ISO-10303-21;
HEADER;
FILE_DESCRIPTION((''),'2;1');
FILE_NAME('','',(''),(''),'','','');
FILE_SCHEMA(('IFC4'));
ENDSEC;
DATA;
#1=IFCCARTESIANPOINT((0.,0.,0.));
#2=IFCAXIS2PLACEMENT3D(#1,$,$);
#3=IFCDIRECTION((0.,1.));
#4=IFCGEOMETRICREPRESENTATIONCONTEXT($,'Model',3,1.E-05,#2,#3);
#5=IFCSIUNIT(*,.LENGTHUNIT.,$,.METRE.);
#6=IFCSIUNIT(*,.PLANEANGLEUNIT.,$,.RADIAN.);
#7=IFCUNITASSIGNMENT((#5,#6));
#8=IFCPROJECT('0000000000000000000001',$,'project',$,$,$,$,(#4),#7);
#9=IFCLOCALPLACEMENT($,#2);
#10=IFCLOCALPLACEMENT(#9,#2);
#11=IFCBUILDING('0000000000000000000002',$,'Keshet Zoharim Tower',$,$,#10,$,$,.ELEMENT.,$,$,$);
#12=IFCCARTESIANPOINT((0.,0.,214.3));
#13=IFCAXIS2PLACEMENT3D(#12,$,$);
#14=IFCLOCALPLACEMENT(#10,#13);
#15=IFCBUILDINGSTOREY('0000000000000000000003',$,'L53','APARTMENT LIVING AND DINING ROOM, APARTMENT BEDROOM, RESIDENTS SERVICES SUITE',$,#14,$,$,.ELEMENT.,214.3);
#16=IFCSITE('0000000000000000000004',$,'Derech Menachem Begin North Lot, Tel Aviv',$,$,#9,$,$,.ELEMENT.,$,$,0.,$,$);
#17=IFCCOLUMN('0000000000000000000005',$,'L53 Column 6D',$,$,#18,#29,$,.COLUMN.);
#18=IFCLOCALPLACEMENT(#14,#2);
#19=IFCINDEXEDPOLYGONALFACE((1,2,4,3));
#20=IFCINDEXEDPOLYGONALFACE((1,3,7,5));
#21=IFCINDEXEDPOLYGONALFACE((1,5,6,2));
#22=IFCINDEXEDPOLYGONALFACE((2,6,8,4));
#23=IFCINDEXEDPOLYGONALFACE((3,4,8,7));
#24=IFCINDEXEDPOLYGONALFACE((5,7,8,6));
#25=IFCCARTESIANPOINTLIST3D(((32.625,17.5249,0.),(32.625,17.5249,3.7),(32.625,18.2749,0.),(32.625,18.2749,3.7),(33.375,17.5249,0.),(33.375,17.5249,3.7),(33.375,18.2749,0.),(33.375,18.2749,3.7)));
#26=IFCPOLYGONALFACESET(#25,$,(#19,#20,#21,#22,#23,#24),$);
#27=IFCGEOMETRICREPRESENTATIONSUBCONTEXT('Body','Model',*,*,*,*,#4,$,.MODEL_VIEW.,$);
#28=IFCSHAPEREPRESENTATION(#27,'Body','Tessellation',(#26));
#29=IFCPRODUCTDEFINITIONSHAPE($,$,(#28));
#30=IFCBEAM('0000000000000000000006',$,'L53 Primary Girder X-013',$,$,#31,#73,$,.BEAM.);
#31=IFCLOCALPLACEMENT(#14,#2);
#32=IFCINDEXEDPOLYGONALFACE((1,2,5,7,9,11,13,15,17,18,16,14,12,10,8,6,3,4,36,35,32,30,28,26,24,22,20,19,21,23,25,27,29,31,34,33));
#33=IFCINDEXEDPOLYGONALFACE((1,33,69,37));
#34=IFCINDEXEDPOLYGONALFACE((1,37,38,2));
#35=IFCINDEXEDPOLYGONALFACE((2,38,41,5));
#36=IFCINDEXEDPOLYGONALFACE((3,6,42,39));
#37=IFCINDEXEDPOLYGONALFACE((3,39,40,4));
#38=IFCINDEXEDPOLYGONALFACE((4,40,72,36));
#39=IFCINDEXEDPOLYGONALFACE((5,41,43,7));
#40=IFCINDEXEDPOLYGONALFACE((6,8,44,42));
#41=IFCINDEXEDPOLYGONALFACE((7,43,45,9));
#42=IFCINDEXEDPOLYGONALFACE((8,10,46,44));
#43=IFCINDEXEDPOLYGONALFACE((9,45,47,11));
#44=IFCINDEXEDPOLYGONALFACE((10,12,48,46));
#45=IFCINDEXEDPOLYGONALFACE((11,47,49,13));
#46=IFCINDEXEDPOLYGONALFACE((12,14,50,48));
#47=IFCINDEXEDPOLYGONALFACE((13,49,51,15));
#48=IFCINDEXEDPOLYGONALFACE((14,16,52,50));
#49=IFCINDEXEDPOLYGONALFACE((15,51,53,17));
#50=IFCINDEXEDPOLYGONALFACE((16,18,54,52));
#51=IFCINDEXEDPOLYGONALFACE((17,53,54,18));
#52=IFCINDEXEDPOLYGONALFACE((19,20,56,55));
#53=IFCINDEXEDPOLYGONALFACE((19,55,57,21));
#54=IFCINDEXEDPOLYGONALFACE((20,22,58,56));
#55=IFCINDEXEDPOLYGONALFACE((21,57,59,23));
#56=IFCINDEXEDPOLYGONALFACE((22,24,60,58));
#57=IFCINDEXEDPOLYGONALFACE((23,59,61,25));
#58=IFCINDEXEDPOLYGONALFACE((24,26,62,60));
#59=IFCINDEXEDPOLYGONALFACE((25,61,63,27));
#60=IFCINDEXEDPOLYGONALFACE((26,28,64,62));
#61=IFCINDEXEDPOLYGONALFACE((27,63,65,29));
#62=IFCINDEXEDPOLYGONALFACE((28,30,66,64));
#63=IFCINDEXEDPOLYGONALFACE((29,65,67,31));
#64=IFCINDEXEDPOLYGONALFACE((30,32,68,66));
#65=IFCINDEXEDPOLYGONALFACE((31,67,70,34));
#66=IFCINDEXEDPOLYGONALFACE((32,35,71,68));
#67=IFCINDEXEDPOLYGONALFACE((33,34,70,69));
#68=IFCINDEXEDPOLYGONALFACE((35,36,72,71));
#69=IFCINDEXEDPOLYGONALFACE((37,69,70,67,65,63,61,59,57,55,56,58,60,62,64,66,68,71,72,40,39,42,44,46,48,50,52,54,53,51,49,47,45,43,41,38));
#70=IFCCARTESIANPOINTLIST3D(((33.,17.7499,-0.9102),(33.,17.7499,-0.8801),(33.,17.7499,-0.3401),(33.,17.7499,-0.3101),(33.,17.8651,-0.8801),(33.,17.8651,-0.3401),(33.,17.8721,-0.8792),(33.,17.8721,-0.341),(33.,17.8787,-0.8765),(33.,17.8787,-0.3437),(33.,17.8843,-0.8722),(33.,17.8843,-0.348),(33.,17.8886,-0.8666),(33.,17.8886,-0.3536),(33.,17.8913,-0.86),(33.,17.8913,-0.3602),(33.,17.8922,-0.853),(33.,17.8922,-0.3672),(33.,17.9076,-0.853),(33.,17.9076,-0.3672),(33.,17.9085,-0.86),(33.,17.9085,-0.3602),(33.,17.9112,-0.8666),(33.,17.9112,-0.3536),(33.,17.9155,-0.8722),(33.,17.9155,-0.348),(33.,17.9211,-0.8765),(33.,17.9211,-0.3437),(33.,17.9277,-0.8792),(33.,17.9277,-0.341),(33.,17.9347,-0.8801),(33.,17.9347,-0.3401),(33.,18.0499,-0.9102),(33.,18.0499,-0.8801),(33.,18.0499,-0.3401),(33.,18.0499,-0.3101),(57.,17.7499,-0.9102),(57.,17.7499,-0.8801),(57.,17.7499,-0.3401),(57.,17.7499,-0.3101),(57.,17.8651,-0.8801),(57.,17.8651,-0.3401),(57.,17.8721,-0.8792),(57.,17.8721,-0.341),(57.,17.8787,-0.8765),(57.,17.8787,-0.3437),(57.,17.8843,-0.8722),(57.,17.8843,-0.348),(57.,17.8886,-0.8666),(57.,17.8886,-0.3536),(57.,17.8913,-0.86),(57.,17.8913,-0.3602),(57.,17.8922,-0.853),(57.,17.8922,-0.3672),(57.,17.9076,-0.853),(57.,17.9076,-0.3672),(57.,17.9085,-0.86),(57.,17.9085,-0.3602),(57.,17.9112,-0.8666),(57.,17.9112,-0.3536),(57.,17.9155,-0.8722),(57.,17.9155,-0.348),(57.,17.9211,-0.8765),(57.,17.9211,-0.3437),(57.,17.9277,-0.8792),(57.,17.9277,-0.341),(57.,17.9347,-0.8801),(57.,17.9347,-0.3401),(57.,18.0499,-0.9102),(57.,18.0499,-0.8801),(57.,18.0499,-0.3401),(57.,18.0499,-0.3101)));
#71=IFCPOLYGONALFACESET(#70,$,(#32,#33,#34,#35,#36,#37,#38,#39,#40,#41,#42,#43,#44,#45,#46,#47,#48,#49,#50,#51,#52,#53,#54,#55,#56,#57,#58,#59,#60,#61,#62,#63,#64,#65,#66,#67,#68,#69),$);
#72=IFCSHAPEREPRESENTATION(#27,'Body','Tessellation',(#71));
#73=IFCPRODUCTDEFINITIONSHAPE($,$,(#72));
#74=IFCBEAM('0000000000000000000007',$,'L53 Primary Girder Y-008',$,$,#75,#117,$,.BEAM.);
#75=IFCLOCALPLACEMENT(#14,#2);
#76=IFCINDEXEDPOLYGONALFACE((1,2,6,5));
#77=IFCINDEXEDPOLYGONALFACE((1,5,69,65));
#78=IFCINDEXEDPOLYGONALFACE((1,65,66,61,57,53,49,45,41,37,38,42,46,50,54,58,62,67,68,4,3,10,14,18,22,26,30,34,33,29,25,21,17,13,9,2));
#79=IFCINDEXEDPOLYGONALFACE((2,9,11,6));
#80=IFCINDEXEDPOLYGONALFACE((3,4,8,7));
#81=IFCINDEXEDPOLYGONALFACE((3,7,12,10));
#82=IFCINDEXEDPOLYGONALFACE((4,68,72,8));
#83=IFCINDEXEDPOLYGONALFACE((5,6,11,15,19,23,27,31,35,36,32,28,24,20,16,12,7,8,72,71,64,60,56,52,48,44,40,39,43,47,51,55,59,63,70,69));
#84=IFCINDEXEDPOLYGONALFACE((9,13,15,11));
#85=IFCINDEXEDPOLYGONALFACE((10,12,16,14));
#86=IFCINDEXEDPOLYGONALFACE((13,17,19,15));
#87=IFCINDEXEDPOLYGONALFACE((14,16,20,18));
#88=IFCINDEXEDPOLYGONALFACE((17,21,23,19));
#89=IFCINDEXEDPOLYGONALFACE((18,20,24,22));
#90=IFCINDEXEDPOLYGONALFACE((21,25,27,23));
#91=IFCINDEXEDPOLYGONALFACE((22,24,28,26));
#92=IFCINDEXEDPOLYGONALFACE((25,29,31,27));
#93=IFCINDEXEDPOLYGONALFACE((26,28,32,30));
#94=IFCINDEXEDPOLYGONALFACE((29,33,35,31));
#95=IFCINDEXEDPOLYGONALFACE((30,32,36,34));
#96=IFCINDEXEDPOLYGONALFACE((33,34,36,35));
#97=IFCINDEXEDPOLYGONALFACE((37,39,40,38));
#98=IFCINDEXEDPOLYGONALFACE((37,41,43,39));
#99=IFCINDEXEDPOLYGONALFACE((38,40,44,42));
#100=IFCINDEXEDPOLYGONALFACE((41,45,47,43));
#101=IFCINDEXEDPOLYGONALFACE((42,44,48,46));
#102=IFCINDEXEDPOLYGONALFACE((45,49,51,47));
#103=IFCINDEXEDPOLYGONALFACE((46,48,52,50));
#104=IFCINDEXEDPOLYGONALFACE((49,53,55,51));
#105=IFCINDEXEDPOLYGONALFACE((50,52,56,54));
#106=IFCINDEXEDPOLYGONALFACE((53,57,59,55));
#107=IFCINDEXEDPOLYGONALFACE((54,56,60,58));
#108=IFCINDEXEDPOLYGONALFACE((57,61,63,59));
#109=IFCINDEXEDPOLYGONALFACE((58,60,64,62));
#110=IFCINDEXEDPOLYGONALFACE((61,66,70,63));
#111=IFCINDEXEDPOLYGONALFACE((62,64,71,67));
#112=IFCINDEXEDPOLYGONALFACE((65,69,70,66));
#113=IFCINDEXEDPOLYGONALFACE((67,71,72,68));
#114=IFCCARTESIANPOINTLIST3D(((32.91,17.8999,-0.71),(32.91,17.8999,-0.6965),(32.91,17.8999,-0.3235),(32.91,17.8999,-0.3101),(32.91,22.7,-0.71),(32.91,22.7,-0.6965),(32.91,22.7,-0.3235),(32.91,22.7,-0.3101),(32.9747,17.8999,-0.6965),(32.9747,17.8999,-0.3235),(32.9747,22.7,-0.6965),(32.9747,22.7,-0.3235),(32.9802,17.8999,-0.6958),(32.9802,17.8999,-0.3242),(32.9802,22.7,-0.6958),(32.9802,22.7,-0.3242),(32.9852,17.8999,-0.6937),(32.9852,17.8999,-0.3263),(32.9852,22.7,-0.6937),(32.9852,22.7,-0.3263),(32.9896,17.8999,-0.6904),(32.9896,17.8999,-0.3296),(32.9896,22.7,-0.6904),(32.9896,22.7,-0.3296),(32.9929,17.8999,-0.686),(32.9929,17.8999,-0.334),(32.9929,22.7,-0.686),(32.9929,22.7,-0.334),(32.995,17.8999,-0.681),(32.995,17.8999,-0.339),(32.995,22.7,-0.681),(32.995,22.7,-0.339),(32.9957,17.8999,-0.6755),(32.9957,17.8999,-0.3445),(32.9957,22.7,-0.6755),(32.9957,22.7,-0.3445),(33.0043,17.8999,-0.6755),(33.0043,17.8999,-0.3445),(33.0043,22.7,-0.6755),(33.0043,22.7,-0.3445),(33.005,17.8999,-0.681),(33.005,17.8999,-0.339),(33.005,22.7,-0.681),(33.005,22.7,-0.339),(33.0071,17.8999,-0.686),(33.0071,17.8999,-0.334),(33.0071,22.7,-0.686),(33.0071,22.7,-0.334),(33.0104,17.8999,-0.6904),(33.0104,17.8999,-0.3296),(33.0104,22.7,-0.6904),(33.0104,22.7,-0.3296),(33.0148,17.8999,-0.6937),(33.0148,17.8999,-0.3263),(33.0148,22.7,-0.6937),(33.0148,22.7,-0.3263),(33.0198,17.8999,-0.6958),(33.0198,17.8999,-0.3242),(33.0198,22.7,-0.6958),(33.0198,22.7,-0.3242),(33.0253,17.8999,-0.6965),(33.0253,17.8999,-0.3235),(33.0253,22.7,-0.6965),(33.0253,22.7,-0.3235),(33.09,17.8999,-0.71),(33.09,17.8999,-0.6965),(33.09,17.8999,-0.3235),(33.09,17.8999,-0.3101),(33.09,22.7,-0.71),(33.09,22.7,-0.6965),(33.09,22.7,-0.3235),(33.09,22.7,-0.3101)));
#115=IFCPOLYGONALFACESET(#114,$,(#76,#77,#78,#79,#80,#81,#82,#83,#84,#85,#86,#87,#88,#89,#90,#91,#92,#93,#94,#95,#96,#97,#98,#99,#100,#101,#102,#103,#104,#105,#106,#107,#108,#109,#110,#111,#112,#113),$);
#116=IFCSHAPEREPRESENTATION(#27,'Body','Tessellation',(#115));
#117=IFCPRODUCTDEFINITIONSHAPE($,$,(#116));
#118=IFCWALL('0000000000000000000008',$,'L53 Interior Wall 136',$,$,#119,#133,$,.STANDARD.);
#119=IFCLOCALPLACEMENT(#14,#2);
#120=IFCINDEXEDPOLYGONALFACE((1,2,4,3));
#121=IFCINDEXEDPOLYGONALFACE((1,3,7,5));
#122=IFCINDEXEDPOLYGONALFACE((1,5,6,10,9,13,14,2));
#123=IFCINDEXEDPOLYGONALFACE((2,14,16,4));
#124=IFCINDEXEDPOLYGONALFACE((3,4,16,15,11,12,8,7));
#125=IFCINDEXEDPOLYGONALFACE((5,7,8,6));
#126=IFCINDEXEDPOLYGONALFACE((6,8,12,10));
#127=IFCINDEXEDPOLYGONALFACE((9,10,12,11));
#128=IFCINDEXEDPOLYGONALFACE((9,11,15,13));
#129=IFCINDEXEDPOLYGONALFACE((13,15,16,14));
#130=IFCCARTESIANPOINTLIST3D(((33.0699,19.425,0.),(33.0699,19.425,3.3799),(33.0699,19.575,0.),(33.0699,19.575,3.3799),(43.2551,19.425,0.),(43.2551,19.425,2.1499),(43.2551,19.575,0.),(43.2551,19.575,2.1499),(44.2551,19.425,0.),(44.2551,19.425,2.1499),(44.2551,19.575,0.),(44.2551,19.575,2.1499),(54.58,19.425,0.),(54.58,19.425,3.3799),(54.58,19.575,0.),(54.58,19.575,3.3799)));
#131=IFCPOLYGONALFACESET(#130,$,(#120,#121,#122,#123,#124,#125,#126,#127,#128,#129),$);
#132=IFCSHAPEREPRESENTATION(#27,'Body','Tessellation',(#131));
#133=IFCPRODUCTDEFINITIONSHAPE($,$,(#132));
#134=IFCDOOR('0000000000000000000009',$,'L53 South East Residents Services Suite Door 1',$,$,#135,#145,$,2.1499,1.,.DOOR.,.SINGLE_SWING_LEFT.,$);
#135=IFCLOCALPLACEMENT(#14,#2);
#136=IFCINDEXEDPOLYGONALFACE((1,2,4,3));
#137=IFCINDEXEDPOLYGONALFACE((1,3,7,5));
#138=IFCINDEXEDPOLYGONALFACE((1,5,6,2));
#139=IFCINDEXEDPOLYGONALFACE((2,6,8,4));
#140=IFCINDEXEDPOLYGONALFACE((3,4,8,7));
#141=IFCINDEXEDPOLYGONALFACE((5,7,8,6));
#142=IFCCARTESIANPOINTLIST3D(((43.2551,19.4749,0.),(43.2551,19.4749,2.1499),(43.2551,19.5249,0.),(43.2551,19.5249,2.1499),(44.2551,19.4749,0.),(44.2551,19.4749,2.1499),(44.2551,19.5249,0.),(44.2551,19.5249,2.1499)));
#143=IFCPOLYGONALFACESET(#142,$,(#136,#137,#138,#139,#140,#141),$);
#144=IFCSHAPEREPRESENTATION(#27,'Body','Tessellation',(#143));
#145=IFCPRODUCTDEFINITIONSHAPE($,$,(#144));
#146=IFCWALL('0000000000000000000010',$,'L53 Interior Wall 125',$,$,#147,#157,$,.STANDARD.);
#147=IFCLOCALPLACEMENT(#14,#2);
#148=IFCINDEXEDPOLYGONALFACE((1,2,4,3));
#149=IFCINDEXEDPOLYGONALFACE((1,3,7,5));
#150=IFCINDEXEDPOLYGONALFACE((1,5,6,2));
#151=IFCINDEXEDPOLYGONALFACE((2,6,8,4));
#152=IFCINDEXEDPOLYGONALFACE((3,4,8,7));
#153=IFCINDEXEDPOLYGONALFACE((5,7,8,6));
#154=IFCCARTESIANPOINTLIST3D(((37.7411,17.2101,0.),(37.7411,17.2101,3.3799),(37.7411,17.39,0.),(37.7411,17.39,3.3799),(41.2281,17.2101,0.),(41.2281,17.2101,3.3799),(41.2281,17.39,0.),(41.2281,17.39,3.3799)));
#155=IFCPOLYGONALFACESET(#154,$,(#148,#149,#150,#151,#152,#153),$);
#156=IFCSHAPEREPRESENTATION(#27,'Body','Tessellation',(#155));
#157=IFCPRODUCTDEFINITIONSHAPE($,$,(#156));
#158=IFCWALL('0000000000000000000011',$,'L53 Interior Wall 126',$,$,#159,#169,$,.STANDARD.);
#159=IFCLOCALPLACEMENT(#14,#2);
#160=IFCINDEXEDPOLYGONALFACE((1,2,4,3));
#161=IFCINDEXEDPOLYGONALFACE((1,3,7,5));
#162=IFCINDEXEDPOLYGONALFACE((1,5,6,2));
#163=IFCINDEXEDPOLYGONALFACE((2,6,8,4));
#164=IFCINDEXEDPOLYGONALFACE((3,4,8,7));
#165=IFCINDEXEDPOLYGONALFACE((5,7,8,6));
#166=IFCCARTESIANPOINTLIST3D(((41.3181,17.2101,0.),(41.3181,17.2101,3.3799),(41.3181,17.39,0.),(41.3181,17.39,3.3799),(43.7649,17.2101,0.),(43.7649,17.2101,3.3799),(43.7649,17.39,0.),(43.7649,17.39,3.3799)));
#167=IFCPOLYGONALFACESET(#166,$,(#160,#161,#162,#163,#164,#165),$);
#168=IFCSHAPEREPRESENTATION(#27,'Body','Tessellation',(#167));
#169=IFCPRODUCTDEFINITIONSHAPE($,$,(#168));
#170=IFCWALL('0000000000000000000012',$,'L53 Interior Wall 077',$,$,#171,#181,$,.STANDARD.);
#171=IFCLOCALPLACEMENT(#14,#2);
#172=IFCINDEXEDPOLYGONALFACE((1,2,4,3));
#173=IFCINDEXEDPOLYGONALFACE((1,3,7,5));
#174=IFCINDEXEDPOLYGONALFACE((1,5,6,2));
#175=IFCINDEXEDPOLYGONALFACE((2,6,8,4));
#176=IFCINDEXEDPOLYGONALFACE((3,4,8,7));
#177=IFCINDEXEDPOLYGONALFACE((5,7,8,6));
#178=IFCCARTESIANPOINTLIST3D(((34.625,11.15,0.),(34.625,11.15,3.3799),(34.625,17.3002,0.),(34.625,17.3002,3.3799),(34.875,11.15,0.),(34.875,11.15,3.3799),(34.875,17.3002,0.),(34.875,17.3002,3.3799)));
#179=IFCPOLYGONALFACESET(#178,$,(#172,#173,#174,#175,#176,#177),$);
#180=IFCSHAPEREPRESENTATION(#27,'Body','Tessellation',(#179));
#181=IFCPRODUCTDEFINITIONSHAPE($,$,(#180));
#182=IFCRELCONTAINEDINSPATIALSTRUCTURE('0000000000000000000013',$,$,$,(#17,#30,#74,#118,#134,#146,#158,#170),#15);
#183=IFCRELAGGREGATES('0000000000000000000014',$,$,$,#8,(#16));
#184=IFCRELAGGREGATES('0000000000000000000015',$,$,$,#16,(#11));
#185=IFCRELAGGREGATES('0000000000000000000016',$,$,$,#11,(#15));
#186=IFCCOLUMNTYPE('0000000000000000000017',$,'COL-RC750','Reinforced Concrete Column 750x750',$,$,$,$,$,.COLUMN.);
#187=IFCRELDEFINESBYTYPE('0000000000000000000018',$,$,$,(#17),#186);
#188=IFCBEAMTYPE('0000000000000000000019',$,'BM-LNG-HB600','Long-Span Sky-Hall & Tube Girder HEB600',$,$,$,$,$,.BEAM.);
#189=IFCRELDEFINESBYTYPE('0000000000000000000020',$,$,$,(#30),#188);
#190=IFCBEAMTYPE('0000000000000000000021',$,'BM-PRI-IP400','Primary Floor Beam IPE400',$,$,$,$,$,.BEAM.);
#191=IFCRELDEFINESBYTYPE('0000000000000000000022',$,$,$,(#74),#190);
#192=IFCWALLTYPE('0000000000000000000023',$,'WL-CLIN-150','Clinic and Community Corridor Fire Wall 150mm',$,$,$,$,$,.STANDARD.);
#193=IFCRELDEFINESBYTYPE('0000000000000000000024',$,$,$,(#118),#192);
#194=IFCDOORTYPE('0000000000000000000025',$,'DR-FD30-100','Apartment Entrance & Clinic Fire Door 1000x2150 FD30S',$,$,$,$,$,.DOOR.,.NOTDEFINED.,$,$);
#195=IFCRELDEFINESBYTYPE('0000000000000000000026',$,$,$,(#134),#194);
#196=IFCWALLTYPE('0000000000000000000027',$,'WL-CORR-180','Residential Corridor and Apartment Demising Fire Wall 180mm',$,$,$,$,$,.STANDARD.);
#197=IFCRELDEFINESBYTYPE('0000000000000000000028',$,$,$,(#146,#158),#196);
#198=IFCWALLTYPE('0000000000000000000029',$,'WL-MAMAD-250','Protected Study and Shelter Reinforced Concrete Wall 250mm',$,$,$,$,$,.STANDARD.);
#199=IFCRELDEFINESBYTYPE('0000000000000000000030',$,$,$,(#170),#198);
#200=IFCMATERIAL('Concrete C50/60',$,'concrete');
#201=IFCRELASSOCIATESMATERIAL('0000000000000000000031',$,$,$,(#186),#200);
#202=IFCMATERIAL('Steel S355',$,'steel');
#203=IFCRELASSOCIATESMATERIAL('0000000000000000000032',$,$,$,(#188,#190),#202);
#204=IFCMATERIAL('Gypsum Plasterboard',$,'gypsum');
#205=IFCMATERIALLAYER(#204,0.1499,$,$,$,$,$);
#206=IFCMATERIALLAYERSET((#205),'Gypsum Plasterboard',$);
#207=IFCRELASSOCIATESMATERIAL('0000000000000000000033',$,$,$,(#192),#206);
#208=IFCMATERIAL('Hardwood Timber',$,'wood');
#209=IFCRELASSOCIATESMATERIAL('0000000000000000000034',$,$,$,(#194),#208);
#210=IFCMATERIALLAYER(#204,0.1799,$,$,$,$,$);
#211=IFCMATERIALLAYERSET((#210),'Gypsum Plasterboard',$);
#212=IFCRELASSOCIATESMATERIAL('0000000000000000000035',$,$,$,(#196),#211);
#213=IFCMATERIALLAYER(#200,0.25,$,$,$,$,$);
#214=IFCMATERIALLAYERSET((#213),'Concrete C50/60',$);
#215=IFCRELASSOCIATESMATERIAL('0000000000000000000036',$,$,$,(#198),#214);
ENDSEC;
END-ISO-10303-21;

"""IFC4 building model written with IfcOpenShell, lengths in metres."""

from ifc_helpers import new_model, si_unit, direction, frame, frame_2d, origin, origin_2d, place, context, subcontext, project, spatial, rectangle, i_section, extrude, material, layer, layer_set, material_profile, profile_set, type_object, element, fill, save


model = new_model("IFC4")

# Units and contexts
model_context = context("Model", 3, precision=1e-05, world=origin(), true_north=direction((0.0, 1.0)))
body_context = subcontext(model_context, "Body", "Model", "MODEL_VIEW")
ifc_project = project(units=[si_unit("LENGTHUNIT", "METRE"), si_unit("PLANEANGLEUNIT", "RADIAN")], contexts=[model_context])

# Site, building, storey
site_placement = place(None, origin())
site = spatial("IfcSite", under=ifc_project, at=site_placement, Name="Derech Menachem Begin North Lot, Tel Aviv", CompositionType="ELEMENT", RefElevation=0.0)
building_placement = place(site_placement, origin())
building = spatial("IfcBuilding", under=site, at=building_placement, Name="Keshet Zoharim Tower", CompositionType="ELEMENT")
storey_placement = place(building_placement, frame((0.0, 0.0, 214.3)))
storey = spatial("IfcBuildingStorey", under=building, at=storey_placement, Name="L53", Description="APARTMENT LIVING AND DINING ROOM, APARTMENT BEDROOM, RESIDENTS SERVICES SUITE", CompositionType="ELEMENT", Elevation=214.3)

# Column
ifc_material_1 = material(Name="Concrete C50/60", Category="concrete")
ifc_material_profile_1 = material_profile(ifc_material_1, rectangle(XDim=0.75, YDim=0.75, at=origin_2d()), Name="RC750x750")
ifc_profile_set_1 = profile_set([ifc_material_profile_1], Name="Concrete C50/60")
column_type = type_object("IfcColumnType", Name="COL-RC750", Description="Reinforced Concrete Column 750x750", PredefinedType="COLUMN", material=ifc_profile_set_1)
column_placement = place(storey_placement, frame((33.0, 17.8999, 0.0), z_axis=(0.0, 0.0, 1.0), x_axis=(1.0, 0.0, 0.0)))
element("IfcColumn", 1, at=column_placement, inside=storey, type_object=column_type, Name="L53 Column 6D", PredefinedType="COLUMN", context=body_context, shape_type="SweptSolid", body=[
    extrude(rectangle(XDim=0.75, YDim=0.75, at=origin_2d()), origin(), (0.0, 0.0, 1.0), 3.7),
])

# Beams
ifc_material_2 = material(Name="Steel S355", Category="steel")
ifc_material_profile_2 = material_profile(ifc_material_2, i_section(OverallWidth=0.3, OverallDepth=0.6001, WebThickness=0.0154, FlangeThickness=0.03, FilletRadius=0.0271, at=origin_2d()), Name="HEB600")
ifc_profile_set_2 = profile_set([ifc_material_profile_2], Name="Steel S355")
beam_type_1 = type_object("IfcBeamType", Name="BM-LNG-HB600", Description="Long-Span Sky-Hall & Tube Girder HEB600", PredefinedType="BEAM", material=ifc_profile_set_2)
beam_1_placement = place(storey_placement, frame((33.0, 17.8999, -0.6101), z_axis=(1.0, 0.0, 0.0), x_axis=(0.0, 1.0, 0.0)))
element("IfcBeam", 2, at=beam_1_placement, inside=storey, type_object=beam_type_1, Name="L53 Primary Girder X-013", PredefinedType="BEAM", context=body_context, shape_type="SweptSolid", body=[
    extrude(i_section(OverallWidth=0.3, OverallDepth=0.6001, WebThickness=0.0154, FlangeThickness=0.03, FilletRadius=0.0271, at=origin_2d()), origin(), (0.0, 0.0, 1.0), 24.0),
])
ifc_material_profile_3 = material_profile(ifc_material_2, i_section(OverallWidth=0.1799, OverallDepth=0.3999, WebThickness=0.0085, FlangeThickness=0.0134, FilletRadius=0.021, at=origin_2d()), Name="IPE400")
ifc_profile_set_3 = profile_set([ifc_material_profile_3], Name="Steel S355")
beam_type_2 = type_object("IfcBeamType", Name="BM-PRI-IP400", Description="Primary Floor Beam IPE400", PredefinedType="BEAM", material=ifc_profile_set_3)
beam_2_placement = place(storey_placement, frame((33.0, 17.8999, -0.51), z_axis=(0.0, 1.0, 0.0), x_axis=(-1.0, 0.0, 0.0)))
element("IfcBeam", 3, at=beam_2_placement, inside=storey, type_object=beam_type_2, Name="L53 Primary Girder Y-008", PredefinedType="BEAM", context=body_context, shape_type="SweptSolid", body=[
    extrude(i_section(OverallWidth=0.1799, OverallDepth=0.3999, WebThickness=0.0085, FlangeThickness=0.0134, FilletRadius=0.021, at=origin_2d()), origin(), (0.0, 0.0, 1.0), 4.8),
])

# Wall, opening, door
ifc_material_3 = material(Name="Gypsum Plasterboard", Category="gypsum")
ifc_layer_1 = layer(ifc_material_3, 0.1499)
ifc_layer_set_1 = layer_set([ifc_layer_1], Name="Gypsum Plasterboard")
wall_type_1 = type_object("IfcWallType", Name="WL-CLIN-150", Description="Clinic and Community Corridor Fire Wall 150mm", PredefinedType="STANDARD", material=ifc_layer_set_1)
ifc_material_4 = material(Name="Hardwood Timber", Category="wood")
door_type_1 = type_object("IfcDoorType", Name="DR-FD30-100", Description="Apartment Entrance & Clinic Fire Door 1000x2150 FD30S", OperationType="NOTDEFINED", PredefinedType="DOOR", material=ifc_material_4)
wall_1_placement = place(storey_placement, frame((33.0701, 19.5, 0.0), z_axis=(0.0, 0.0, 1.0), x_axis=(1.0, 0.0, 0.0)))
wall_1 = element("IfcWall", 4, at=wall_1_placement, inside=storey, type_object=wall_type_1, Name="L53 Interior Wall 136", PredefinedType="STANDARD", context=body_context, shape_type="SweptSolid", body=[
    extrude(rectangle(XDim=21.51, YDim=0.1499, at=frame_2d((10.7549, 0.0))), origin(), (0.0, 0.0, 1.0), 3.3799),
])
opening_1_placement = place(wall_1_placement, frame((10.1851, 0.0, 0.0)))
opening_1 = element("IfcOpeningElement", 5, at=opening_1_placement, cuts=wall_1, PredefinedType="OPENING", context=body_context, shape_type="SweptSolid", body=[
    extrude(rectangle(XDim=1.0, YDim=2.1499, at=frame_2d((0.5, 1.075))), frame((0.0, 0.085, 0.0), z_axis=(0.0, -1.0, 0.0), x_axis=(1.0, 0.0, 0.0)), (0.0, 0.0, 1.0), 0.1699),
])
door_1_placement = place(opening_1_placement, origin())
door_1 = element("IfcDoor", 6, at=door_1_placement, inside=storey, type_object=door_type_1, Name="L53 South East Residents Services Suite Door 1", OperationType="SINGLE_SWING_LEFT", OverallHeight=2.1499, OverallWidth=1.0, PredefinedType="DOOR", context=body_context, shape_type="SweptSolid", body=[
    extrude(rectangle(XDim=1.0, YDim=2.1499, at=frame_2d((0.5, 1.075))), frame((0.0, 0.0249, 0.0), z_axis=(0.0, -1.0, 0.0), x_axis=(1.0, 0.0, 0.0)), (0.0, 0.0, 1.0), 0.05),
])
fill(opening_1, door_1)

# Walls
ifc_layer_2 = layer(ifc_material_3, 0.1799)
ifc_layer_set_2 = layer_set([ifc_layer_2], Name="Gypsum Plasterboard")
wall_type_2 = type_object("IfcWallType", Name="WL-CORR-180", Description="Residential Corridor and Apartment Demising Fire Wall 180mm", PredefinedType="STANDARD", material=ifc_layer_set_2)
wall_2_placement = place(storey_placement, frame((37.741, 17.3, 0.0), z_axis=(0.0, 0.0, 1.0), x_axis=(1.0, 0.0, 0.0)))
element("IfcWall", 7, at=wall_2_placement, inside=storey, type_object=wall_type_2, Name="L53 Interior Wall 125", PredefinedType="STANDARD", context=body_context, shape_type="SweptSolid", body=[
    extrude(rectangle(XDim=3.4871, YDim=0.1799, at=frame_2d((1.7437, 0.0))), origin(), (0.0, 0.0, 1.0), 3.3799),
])
wall_3_placement = place(storey_placement, frame((41.3181, 17.3, 0.0), z_axis=(0.0, 0.0, 1.0), x_axis=(1.0, 0.0, 0.0)))
element("IfcWall", 8, at=wall_3_placement, inside=storey, type_object=wall_type_2, Name="L53 Interior Wall 126", PredefinedType="STANDARD", context=body_context, shape_type="SweptSolid", body=[
    extrude(rectangle(XDim=2.4468, YDim=0.1799, at=frame_2d((1.2234, 0.0))), origin(), (0.0, 0.0, 1.0), 3.3799),
])
ifc_layer_3 = layer(ifc_material_1, 0.25)
ifc_layer_set_3 = layer_set([ifc_layer_3], Name="Concrete C50/60")
wall_type_3 = type_object("IfcWallType", Name="WL-MAMAD-250", Description="Protected Study and Shelter Reinforced Concrete Wall 250mm", PredefinedType="STANDARD", material=ifc_layer_set_3)
for number, where, z_axis, x_axis, name in (
    (9, (34.75, 11.1499, 0.0), (0.0, 0.0, 1.0), (0.0, 1.0, 0.0), "L53 Interior Wall 077"),
):
    element("IfcWall", number, at=place(storey_placement, frame(where, z_axis=z_axis, x_axis=x_axis)), inside=storey, type_object=wall_type_3, Name=name, PredefinedType="STANDARD", context=body_context, shape_type="SweptSolid", body=[
        extrude(rectangle(XDim=6.1501, YDim=0.25, at=frame_2d((3.0752, 0.0))), origin(), (0.0, 0.0, 1.0), 3.3799),
    ])

save(model, "model.ifc")
